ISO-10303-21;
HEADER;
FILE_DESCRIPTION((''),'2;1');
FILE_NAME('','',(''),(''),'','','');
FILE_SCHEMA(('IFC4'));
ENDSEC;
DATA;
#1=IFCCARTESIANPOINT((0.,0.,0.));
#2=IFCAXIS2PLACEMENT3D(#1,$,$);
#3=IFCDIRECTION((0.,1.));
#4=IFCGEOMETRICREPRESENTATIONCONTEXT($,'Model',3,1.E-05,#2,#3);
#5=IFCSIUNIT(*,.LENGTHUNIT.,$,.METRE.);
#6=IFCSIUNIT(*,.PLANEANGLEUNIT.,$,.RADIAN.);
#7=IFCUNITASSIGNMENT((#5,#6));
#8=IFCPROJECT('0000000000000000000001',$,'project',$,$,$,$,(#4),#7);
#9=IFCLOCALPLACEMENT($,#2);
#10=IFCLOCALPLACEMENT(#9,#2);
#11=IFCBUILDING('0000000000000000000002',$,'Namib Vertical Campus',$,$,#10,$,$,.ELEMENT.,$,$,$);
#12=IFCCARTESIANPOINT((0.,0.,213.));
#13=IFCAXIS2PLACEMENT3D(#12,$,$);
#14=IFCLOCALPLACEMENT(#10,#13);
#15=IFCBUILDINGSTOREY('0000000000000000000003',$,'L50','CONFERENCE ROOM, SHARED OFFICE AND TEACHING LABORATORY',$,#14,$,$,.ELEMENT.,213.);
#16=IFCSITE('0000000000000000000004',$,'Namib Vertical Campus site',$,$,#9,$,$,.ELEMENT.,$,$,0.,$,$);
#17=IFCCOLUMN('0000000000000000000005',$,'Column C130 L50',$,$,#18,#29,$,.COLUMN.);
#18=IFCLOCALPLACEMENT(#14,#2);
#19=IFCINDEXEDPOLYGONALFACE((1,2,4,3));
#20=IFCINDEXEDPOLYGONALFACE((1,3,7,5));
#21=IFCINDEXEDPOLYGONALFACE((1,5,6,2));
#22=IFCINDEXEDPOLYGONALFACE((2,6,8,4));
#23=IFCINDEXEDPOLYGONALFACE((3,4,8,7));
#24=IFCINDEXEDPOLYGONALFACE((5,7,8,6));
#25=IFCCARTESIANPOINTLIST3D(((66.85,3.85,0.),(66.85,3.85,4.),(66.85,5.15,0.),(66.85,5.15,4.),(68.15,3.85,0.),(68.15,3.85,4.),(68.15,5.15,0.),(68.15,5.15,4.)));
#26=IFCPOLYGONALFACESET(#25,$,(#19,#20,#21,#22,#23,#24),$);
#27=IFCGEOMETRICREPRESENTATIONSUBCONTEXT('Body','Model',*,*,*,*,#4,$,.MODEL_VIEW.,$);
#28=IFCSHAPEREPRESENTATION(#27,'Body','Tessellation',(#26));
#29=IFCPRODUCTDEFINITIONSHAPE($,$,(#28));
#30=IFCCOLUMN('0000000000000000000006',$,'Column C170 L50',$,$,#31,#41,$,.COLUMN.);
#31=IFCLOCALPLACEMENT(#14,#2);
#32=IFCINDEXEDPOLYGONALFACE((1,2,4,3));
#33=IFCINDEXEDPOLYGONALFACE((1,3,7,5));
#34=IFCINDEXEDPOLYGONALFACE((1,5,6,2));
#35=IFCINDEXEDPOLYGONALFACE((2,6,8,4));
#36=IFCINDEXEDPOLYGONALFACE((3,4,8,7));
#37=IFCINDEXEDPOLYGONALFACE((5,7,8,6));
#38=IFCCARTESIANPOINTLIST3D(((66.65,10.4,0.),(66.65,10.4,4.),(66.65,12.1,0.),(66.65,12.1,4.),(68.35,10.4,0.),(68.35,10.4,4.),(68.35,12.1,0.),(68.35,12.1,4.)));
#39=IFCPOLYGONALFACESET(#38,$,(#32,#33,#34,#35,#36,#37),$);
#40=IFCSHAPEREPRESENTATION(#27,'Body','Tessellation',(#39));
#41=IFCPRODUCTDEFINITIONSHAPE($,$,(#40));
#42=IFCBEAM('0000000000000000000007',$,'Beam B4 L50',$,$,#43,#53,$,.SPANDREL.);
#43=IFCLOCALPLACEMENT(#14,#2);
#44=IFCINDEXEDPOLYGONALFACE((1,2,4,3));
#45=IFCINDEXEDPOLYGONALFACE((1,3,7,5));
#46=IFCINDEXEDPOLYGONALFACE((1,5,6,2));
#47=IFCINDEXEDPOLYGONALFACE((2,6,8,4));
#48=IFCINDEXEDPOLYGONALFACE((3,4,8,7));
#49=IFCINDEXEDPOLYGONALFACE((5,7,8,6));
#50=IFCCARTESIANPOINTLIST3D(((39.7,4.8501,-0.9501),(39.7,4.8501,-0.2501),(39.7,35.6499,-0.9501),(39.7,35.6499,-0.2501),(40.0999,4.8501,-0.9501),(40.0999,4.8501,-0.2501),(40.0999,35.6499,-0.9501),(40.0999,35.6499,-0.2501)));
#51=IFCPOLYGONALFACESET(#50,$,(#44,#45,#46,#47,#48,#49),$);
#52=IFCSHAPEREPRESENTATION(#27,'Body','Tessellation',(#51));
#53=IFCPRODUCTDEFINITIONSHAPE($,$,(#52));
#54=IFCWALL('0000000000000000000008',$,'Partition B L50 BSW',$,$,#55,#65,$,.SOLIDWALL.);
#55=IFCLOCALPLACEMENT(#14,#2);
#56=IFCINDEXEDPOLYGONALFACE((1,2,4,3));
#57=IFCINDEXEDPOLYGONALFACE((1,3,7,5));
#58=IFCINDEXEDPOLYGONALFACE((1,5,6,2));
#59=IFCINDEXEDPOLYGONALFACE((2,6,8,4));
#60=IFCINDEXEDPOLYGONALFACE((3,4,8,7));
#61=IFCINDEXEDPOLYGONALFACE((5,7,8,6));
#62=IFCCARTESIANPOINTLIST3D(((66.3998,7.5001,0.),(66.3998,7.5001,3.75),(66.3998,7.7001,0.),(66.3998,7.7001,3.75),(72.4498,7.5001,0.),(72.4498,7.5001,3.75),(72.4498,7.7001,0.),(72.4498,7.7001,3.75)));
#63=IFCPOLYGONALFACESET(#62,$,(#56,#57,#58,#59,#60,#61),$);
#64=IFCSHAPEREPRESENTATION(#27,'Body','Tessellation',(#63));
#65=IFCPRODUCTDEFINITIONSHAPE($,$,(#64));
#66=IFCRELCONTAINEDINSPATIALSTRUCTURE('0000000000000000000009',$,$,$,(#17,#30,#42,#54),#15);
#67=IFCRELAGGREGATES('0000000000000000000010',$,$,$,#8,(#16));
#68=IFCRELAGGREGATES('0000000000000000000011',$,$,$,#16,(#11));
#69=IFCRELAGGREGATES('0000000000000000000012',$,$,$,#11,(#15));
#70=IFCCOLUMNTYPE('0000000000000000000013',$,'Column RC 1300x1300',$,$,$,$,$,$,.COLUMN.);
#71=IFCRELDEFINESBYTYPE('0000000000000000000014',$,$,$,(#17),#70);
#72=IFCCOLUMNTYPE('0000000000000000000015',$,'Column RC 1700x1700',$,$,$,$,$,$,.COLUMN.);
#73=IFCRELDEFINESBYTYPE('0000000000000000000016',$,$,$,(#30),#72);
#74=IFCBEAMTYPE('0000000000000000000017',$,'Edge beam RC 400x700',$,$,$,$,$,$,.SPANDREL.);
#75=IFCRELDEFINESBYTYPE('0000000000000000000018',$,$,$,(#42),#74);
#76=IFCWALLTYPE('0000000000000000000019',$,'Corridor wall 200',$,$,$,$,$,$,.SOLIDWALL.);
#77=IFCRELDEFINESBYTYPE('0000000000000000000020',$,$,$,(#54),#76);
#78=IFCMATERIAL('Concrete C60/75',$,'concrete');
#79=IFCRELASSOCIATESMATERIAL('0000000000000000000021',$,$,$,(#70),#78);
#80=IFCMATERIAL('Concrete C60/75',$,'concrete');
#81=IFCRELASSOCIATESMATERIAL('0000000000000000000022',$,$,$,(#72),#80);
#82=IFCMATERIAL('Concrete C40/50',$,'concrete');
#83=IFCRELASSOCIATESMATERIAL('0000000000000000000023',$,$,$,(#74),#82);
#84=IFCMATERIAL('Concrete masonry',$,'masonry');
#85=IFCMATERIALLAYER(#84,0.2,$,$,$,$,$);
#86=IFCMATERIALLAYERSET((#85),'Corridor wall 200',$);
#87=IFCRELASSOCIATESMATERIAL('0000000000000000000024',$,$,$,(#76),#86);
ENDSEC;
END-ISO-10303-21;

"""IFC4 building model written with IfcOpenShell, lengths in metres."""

from ifc_helpers import new_model, si_unit, direction, frame, frame_2d, origin, origin_2d, place, context, subcontext, project, spatial, rectangle, extrude, material, layer, layer_set, material_profile, profile_set, type_object, element, save


model = new_model("IFC4")

# Units and contexts
model_context = context("Model", 3, precision=1e-05, world=origin(), true_north=direction((0.0, 1.0)))
body_context = subcontext(model_context, "Body", "Model", "MODEL_VIEW")
ifc_project = project(units=[si_unit("LENGTHUNIT", "METRE"), si_unit("PLANEANGLEUNIT", "RADIAN")], contexts=[model_context])

# Site, building, storey
site_placement = place(None, origin())
site = spatial("IfcSite", under=ifc_project, at=site_placement, Name="Namib Vertical Campus site", CompositionType="ELEMENT", RefElevation=0.0)
building_placement = place(site_placement, origin())
building = spatial("IfcBuilding", under=site, at=building_placement, Name="Namib Vertical Campus", CompositionType="ELEMENT")
storey_placement = place(building_placement, frame((0.0, 0.0, 213.0)))
storey = spatial("IfcBuildingStorey", under=building, at=storey_placement, Name="L50", Description="CONFERENCE ROOM, SHARED OFFICE AND TEACHING LABORATORY", CompositionType="ELEMENT", Elevation=213.0)

# Columns
ifc_material_1 = material(Name="Concrete C60/75", Category="concrete")
ifc_material_profile_1 = material_profile(ifc_material_1, rectangle(XDim=1.3, YDim=1.3, at=origin_2d()))
ifc_profile_set_1 = profile_set([ifc_material_profile_1], Name="Concrete C60/75")
column_type_1 = type_object("IfcColumnType", Name="Column RC 1300x1300", PredefinedType="COLUMN", material=ifc_profile_set_1)
column_1_placement = place(storey_placement, frame((67.5, 4.5, 0.0), z_axis=(0.0, 0.0, 1.0), x_axis=(1.0, 0.0, 0.0)))
element("IfcColumn", 1, at=column_1_placement, inside=storey, type_object=column_type_1, Name="Column C130 L50", PredefinedType="COLUMN", context=body_context, shape_type="SweptSolid", body=[
    extrude(rectangle(XDim=1.3, YDim=1.3, at=origin_2d()), origin(), (0.0, 0.0, 1.0), 4.0),
])
ifc_material_2 = material(Name="Concrete C60/75", Category="concrete")
ifc_material_profile_2 = material_profile(ifc_material_2, rectangle(XDim=1.7, YDim=1.7, at=origin_2d()))
ifc_profile_set_2 = profile_set([ifc_material_profile_2], Name="Concrete C60/75")
column_type_2 = type_object("IfcColumnType", Name="Column RC 1700x1700", PredefinedType="COLUMN", material=ifc_profile_set_2)
column_2_placement = place(storey_placement, frame((67.5, 11.25, 0.0), z_axis=(0.0, 0.0, 1.0), x_axis=(1.0, 0.0, 0.0)))
element("IfcColumn", 2, at=column_2_placement, inside=storey, type_object=column_type_2, Name="Column C170 L50", PredefinedType="COLUMN", context=body_context, shape_type="SweptSolid", body=[
    extrude(rectangle(XDim=1.7, YDim=1.7, at=origin_2d()), origin(), (0.0, 0.0, 1.0), 4.0),
])

# Beam
ifc_material_3 = material(Name="Concrete C40/50", Category="concrete")
ifc_material_profile_3 = material_profile(ifc_material_3, rectangle(XDim=0.3999, YDim=0.7, at=origin_2d()))
ifc_profile_set_3 = profile_set([ifc_material_profile_3], Name="Concrete C40/50")
beam_type = type_object("IfcBeamType", Name="Edge beam RC 400x700", PredefinedType="SPANDREL", material=ifc_profile_set_3)
beam_placement = place(storey_placement, frame((39.8999, 4.8501, -0.6001), z_axis=(0.0, 1.0, 0.0), x_axis=(-1.0, 0.0, 0.0)))
element("IfcBeam", 3, at=beam_placement, inside=storey, type_object=beam_type, Name="Beam B4 L50", PredefinedType="SPANDREL", context=body_context, shape_type="SweptSolid", body=[
    extrude(rectangle(XDim=0.3999, YDim=0.7, at=origin_2d()), origin(), (0.0, 0.0, 1.0), 30.7998),
])

# Wall
ifc_material_4 = material(Name="Concrete masonry", Category="masonry")
ifc_layer_1 = layer(ifc_material_4, 0.2)
ifc_layer_set_1 = layer_set([ifc_layer_1], Name="Corridor wall 200")
wall_type_1 = type_object("IfcWallType", Name="Corridor wall 200", PredefinedType="SOLIDWALL", material=ifc_layer_set_1)
wall_1_placement = place(storey_placement, frame((66.3999, 7.6001, 0.0), z_axis=(0.0, 0.0, 1.0), x_axis=(1.0, 0.0, 0.0)))
element("IfcWall", 4, at=wall_1_placement, inside=storey, type_object=wall_type_1, Name="Partition B L50 BSW", PredefinedType="SOLIDWALL", context=body_context, shape_type="SweptSolid", body=[
    extrude(rectangle(XDim=6.05, YDim=0.2, at=frame_2d((3.0249, 0.0))), origin(), (0.0, 0.0, 1.0), 3.75),
])

save(model, "model.ifc")
